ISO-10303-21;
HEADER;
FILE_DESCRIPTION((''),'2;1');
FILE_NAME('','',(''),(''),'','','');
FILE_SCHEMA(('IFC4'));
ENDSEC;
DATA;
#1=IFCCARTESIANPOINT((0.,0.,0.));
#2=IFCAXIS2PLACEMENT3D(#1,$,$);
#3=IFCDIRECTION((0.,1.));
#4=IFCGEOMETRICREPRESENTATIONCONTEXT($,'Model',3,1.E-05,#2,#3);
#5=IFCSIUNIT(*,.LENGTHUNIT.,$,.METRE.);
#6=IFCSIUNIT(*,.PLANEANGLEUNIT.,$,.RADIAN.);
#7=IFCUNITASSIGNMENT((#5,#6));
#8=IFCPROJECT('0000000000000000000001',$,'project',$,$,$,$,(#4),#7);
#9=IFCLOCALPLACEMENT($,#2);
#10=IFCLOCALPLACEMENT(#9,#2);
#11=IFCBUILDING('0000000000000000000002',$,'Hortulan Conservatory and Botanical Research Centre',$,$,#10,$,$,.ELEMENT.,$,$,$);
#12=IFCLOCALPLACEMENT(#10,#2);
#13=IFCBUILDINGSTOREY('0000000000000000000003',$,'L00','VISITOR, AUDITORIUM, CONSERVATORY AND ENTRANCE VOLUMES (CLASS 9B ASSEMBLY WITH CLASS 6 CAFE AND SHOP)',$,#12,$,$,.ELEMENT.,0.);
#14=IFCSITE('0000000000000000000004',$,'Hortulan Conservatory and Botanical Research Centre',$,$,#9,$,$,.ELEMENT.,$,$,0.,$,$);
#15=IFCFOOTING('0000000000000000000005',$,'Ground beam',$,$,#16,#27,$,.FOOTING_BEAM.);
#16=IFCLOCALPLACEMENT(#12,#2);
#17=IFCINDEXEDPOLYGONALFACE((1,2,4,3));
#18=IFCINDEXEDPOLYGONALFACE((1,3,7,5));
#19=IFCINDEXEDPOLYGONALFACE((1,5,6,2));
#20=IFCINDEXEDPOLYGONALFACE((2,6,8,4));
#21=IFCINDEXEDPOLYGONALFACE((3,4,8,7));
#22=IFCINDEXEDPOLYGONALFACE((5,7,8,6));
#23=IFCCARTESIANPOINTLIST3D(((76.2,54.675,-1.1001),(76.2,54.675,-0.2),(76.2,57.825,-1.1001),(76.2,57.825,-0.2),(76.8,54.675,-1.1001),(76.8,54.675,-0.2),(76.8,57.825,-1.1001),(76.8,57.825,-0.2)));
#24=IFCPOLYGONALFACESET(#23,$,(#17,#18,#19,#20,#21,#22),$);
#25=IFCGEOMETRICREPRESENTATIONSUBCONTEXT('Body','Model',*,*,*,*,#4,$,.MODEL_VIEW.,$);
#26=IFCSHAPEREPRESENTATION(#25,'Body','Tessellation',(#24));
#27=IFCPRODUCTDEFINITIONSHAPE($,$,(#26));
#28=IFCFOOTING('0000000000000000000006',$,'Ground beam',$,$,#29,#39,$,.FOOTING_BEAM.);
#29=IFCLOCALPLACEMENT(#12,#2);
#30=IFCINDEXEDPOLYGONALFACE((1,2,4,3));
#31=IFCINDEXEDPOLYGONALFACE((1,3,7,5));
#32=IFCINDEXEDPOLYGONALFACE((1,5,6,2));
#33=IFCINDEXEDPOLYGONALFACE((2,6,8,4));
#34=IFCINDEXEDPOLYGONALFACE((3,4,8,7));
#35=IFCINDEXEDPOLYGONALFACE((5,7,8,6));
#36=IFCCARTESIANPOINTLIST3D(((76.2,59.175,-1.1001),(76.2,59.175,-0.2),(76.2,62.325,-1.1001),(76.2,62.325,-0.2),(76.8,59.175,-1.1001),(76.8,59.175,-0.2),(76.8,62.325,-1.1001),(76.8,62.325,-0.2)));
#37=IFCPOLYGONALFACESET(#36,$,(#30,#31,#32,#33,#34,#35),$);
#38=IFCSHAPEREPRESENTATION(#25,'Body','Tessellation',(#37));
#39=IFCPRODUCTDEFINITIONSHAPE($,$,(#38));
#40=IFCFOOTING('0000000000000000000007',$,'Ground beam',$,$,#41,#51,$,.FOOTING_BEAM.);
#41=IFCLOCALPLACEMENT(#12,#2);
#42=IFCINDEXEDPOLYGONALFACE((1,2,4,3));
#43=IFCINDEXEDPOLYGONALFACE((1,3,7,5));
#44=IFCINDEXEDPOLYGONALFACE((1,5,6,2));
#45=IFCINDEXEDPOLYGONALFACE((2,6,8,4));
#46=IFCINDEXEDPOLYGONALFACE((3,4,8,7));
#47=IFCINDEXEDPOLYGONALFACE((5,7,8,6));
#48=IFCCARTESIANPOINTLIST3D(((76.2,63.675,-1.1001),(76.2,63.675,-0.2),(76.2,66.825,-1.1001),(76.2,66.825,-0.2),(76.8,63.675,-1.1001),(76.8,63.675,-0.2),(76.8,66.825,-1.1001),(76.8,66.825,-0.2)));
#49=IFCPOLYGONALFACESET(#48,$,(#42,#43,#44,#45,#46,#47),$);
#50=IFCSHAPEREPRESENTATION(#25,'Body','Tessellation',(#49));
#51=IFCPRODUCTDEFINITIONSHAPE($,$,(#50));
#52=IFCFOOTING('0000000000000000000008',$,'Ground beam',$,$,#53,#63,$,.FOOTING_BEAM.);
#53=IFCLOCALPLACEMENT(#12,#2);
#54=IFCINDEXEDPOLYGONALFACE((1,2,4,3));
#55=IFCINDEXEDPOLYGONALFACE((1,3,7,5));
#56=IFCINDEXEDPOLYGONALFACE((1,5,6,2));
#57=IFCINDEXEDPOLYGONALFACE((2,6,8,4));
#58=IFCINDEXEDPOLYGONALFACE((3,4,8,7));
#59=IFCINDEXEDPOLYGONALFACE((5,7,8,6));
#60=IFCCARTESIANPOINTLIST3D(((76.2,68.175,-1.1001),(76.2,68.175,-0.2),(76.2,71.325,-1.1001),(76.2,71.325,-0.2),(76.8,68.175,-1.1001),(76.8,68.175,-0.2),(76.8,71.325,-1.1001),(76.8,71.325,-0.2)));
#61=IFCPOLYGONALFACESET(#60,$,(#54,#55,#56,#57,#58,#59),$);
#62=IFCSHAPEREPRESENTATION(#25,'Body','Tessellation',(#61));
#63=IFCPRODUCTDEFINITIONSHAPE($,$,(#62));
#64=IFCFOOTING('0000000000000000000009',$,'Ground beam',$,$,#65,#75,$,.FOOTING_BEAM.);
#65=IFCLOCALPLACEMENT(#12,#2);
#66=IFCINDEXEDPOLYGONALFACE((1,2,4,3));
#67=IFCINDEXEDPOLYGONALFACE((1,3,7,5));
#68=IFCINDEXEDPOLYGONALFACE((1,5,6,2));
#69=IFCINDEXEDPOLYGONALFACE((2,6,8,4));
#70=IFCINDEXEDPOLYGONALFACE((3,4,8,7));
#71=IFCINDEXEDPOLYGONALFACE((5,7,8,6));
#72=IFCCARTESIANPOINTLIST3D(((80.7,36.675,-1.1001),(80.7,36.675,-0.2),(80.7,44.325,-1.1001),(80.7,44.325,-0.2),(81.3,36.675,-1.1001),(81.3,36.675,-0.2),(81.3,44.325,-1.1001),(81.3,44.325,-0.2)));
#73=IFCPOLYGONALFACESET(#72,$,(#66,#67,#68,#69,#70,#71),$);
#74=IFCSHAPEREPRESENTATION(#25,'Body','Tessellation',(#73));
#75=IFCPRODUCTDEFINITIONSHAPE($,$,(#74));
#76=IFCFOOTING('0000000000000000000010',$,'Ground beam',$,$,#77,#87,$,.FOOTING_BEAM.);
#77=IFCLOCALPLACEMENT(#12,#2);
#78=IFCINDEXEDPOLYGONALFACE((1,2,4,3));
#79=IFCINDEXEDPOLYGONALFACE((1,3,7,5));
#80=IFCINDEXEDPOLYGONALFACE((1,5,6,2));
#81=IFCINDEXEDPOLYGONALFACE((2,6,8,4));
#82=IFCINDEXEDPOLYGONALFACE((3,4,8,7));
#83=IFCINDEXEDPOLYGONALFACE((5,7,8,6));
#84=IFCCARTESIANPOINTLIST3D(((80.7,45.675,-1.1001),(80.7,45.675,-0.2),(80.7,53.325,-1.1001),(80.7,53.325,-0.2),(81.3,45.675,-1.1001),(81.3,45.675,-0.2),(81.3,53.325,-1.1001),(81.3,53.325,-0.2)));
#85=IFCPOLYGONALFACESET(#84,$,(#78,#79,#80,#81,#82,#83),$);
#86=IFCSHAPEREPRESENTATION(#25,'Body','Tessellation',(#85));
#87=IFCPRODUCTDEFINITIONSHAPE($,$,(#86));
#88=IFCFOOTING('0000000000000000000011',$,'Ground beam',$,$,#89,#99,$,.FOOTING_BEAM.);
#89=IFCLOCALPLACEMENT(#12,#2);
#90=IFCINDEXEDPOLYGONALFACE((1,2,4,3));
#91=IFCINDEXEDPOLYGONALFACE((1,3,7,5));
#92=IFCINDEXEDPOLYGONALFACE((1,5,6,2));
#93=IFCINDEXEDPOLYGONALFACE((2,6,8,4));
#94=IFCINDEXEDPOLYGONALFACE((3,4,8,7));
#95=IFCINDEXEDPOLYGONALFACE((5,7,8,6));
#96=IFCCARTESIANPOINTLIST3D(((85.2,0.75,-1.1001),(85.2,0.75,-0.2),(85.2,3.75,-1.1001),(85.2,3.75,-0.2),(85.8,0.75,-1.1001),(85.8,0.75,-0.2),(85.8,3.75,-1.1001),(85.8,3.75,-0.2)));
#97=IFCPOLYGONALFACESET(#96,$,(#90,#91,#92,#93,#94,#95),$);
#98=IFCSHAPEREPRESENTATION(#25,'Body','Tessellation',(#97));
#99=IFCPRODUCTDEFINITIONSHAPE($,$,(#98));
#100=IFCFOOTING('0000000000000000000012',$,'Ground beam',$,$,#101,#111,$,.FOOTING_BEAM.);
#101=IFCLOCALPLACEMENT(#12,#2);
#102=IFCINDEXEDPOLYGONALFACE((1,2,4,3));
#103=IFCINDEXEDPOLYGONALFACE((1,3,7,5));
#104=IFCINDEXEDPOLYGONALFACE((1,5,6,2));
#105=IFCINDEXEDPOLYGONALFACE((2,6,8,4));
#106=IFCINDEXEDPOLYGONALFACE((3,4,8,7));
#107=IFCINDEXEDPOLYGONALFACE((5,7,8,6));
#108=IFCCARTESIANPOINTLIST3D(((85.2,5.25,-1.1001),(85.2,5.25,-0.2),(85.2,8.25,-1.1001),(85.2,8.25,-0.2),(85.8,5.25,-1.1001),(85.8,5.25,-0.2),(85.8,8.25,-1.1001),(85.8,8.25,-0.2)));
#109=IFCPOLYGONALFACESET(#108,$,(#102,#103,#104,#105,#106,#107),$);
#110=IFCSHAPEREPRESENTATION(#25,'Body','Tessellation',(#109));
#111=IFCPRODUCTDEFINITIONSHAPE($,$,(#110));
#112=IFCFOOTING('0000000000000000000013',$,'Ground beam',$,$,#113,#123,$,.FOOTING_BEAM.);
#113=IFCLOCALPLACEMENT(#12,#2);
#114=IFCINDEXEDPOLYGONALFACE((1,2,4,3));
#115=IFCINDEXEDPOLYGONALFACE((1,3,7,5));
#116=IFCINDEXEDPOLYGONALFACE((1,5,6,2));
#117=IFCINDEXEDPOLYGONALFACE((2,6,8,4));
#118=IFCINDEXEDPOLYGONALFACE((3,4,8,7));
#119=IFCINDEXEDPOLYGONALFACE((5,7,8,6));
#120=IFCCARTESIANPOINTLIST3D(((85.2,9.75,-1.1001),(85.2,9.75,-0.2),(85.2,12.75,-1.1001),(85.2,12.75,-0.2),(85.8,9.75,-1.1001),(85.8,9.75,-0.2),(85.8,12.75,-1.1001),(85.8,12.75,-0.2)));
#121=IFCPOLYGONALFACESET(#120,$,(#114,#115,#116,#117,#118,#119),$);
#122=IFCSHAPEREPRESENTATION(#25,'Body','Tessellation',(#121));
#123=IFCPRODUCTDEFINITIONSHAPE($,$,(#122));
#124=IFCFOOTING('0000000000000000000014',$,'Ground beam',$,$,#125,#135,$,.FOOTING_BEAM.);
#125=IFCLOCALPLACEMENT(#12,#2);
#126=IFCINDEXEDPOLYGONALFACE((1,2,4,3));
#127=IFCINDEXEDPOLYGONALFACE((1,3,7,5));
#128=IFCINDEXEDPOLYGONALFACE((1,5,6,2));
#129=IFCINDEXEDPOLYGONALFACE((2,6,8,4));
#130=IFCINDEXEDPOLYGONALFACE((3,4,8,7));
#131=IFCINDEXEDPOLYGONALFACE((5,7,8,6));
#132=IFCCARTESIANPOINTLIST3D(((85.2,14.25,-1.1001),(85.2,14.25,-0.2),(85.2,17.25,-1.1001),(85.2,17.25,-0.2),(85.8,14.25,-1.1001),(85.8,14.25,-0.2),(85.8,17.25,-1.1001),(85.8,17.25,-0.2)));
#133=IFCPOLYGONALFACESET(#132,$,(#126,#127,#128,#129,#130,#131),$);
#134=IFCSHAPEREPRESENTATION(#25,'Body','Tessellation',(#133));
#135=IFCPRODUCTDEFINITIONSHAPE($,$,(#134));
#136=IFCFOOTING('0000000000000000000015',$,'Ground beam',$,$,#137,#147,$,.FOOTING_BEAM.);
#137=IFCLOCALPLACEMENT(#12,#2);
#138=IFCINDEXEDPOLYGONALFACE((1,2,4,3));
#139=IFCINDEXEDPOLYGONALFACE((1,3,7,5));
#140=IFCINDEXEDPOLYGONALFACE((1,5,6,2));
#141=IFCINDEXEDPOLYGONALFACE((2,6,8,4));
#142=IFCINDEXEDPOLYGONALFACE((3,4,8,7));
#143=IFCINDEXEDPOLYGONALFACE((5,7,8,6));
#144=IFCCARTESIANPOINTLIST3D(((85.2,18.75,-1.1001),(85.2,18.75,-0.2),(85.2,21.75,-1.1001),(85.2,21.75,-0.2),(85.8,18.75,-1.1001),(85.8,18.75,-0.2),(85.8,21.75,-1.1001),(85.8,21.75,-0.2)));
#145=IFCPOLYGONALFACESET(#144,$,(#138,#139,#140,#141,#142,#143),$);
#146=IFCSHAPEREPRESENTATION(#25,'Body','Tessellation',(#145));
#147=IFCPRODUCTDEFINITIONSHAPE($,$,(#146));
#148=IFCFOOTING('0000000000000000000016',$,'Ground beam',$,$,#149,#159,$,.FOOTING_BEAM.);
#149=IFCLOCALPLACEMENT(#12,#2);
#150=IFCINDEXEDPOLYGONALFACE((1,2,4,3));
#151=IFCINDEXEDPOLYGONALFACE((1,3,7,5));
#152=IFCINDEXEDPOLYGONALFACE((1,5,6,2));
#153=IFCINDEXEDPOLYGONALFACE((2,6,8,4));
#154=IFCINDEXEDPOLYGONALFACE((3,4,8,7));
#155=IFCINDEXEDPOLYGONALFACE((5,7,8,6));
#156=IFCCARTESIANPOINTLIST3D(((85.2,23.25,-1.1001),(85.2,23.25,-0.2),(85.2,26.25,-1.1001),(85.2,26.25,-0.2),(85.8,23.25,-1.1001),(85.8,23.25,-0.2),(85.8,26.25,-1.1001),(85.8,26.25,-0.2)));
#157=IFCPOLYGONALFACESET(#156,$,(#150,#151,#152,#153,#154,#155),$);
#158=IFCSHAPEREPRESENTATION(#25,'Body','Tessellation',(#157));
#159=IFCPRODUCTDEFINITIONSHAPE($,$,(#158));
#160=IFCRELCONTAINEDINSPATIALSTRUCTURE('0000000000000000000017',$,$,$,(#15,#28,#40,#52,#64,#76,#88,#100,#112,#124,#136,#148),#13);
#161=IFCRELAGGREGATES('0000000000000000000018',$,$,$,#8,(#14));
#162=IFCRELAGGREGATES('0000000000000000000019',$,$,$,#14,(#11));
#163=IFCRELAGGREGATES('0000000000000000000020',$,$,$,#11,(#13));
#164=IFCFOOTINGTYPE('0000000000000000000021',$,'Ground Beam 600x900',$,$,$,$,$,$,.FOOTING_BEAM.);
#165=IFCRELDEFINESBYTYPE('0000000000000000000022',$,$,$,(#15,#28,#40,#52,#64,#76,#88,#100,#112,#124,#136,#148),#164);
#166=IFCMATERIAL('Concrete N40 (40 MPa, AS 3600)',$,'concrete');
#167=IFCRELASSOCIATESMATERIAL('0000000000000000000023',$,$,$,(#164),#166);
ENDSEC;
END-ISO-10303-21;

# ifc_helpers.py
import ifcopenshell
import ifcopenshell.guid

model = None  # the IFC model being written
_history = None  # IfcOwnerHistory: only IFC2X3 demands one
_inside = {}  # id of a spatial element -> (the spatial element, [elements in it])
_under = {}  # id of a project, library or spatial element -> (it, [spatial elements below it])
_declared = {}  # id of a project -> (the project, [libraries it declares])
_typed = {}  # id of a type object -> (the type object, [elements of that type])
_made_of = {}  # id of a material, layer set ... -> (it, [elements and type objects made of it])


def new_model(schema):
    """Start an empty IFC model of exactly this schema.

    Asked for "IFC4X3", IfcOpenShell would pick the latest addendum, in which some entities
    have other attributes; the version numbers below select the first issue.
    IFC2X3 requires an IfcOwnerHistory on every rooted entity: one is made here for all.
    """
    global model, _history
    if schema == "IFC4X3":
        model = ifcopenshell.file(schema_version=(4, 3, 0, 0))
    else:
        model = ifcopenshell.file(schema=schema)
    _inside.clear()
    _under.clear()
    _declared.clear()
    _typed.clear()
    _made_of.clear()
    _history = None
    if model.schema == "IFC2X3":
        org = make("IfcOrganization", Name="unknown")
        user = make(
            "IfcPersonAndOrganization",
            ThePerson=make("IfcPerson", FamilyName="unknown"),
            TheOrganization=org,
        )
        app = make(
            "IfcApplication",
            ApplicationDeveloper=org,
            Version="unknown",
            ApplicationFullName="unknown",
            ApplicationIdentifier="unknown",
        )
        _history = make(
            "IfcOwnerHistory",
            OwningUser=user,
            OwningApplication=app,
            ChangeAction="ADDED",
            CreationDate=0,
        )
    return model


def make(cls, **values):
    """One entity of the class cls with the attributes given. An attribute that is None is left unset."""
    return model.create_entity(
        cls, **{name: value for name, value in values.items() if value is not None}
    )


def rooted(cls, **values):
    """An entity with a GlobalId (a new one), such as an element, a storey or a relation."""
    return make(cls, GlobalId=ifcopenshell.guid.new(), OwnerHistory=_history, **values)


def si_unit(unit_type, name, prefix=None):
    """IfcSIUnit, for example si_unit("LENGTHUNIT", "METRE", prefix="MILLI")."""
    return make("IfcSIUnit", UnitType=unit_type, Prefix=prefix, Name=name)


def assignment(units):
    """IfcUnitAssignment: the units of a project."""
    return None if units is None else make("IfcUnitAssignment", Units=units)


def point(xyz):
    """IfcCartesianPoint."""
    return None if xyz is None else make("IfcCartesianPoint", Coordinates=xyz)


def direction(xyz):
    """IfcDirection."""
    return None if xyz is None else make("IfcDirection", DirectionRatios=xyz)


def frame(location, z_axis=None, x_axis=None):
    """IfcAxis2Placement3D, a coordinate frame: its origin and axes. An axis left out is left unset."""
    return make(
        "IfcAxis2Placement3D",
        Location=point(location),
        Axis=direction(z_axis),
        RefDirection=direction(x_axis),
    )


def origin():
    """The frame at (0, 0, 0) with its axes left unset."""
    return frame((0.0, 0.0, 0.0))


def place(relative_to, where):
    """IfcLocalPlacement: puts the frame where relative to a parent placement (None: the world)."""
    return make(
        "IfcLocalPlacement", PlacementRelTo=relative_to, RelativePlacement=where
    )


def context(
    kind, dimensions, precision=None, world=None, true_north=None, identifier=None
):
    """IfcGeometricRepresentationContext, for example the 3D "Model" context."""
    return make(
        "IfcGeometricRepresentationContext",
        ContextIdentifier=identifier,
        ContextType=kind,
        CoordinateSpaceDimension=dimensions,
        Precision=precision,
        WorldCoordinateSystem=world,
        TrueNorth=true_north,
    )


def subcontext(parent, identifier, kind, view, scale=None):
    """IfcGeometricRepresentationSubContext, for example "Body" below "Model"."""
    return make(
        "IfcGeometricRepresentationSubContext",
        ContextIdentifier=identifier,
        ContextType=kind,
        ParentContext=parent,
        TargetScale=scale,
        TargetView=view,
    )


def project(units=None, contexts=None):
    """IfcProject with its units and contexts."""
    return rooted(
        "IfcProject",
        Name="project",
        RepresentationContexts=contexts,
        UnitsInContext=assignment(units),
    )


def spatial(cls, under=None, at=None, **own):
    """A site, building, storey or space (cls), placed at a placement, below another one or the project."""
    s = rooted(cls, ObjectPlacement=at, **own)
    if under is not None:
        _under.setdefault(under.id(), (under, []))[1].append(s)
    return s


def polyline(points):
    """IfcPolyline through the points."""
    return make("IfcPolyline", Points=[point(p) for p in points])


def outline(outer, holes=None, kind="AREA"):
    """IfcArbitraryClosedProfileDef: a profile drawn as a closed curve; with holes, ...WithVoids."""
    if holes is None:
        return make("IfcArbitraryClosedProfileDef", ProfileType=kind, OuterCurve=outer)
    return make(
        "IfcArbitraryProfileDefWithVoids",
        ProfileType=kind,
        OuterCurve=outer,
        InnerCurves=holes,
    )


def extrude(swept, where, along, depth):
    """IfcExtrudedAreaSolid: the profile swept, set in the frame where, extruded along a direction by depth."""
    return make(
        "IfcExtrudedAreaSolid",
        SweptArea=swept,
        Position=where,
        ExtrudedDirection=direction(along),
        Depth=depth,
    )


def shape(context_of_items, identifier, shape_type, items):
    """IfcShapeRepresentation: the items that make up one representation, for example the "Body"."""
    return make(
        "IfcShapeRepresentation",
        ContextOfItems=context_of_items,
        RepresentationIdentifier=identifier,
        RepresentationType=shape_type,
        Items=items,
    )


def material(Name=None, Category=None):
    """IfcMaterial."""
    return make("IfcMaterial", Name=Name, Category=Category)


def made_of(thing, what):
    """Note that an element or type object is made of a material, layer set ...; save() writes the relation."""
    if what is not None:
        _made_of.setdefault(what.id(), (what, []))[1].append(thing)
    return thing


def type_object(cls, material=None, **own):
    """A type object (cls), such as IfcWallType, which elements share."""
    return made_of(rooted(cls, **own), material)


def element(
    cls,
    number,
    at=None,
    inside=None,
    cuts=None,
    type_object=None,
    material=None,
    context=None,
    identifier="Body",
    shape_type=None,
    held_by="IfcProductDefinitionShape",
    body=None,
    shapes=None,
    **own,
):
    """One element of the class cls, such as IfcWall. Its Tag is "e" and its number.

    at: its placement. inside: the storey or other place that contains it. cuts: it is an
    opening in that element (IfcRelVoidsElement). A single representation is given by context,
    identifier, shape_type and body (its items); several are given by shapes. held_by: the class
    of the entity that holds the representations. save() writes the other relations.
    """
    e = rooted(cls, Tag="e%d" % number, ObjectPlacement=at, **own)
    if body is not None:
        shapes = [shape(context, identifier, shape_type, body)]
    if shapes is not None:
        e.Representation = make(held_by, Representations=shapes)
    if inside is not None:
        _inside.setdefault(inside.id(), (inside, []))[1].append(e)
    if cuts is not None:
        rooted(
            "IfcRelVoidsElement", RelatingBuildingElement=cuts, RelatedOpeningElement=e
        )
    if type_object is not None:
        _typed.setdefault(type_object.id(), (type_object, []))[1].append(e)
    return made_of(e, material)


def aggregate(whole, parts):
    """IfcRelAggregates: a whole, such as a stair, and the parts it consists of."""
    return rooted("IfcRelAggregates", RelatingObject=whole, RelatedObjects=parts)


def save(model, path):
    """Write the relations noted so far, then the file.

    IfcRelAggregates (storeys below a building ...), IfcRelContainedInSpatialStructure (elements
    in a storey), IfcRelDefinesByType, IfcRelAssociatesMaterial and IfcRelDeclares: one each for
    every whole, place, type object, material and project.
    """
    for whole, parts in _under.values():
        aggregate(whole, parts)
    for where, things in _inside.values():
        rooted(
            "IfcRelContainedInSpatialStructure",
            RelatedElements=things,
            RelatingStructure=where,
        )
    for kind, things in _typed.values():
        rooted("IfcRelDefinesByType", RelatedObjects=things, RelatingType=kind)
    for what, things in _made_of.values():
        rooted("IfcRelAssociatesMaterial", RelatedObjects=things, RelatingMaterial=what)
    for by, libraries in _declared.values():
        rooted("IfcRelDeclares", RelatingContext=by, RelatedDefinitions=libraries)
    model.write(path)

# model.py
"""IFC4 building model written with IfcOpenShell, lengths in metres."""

from ifc_helpers import new_model, si_unit, direction, frame, origin, place, context, subcontext, project, spatial, polyline, outline, extrude, material, type_object, element, save


model = new_model("IFC4")

# Units and contexts
model_context = context("Model", 3, precision=1e-05, world=origin(), true_north=direction((0.0, 1.0)))
body_context = subcontext(model_context, "Body", "Model", "MODEL_VIEW")
ifc_project = project(units=[si_unit("LENGTHUNIT", "METRE"), si_unit("PLANEANGLEUNIT", "RADIAN")], contexts=[model_context])

# Site, building, storey
site_placement = place(None, origin())
site = spatial("IfcSite", under=ifc_project, at=site_placement, Name="Hortulan Conservatory and Botanical Research Centre", CompositionType="ELEMENT", RefElevation=0.0)
building_placement = place(site_placement, origin())
building = spatial("IfcBuilding", under=site, at=building_placement, Name="Hortulan Conservatory and Botanical Research Centre", CompositionType="ELEMENT")
storey_placement = place(building_placement, origin())
storey = spatial("IfcBuildingStorey", under=building, at=storey_placement, Name="L00", Description="VISITOR, AUDITORIUM, CONSERVATORY AND ENTRANCE VOLUMES (CLASS 9B ASSEMBLY WITH CLASS 6 CAFE AND SHOP)", CompositionType="ELEMENT", Elevation=0.0)

# Footings
ifc_material_1 = material(Name="Concrete N40 (40 MPa, AS 3600)", Category="concrete")
footing_type = type_object("IfcFootingType", Name="Ground Beam 600x900", PredefinedType="FOOTING_BEAM", material=ifc_material_1)
footing_1_placement = place(storey_placement, frame((0.0, 0.0, -1.1001)))
element("IfcFooting", 1, at=footing_1_placement, inside=storey, type_object=footing_type, Name="Ground beam", PredefinedType="FOOTING_BEAM", context=body_context, shape_type="SweptSolid", body=[
    extrude(outline(polyline([(76.8, 54.675), (76.8, 57.825), (76.2, 57.825), (76.2, 54.675), (76.8, 54.675)])), origin(), (0.0, 0.0, 1.0), 0.9001),
])
footing_2_placement = place(storey_placement, frame((0.0, 0.0, -1.1001)))
element("IfcFooting", 2, at=footing_2_placement, inside=storey, type_object=footing_type, Name="Ground beam", PredefinedType="FOOTING_BEAM", context=body_context, shape_type="SweptSolid", body=[
    extrude(outline(polyline([(76.8, 59.175), (76.8, 62.325), (76.2, 62.325), (76.2, 59.175), (76.8, 59.175)])), origin(), (0.0, 0.0, 1.0), 0.9001),
])
footing_3_placement = place(storey_placement, frame((0.0, 0.0, -1.1001)))
element("IfcFooting", 3, at=footing_3_placement, inside=storey, type_object=footing_type, Name="Ground beam", PredefinedType="FOOTING_BEAM", context=body_context, shape_type="SweptSolid", body=[
    extrude(outline(polyline([(76.8, 63.675), (76.8, 66.825), (76.2, 66.825), (76.2, 63.675), (76.8, 63.675)])), origin(), (0.0, 0.0, 1.0), 0.9001),
])
footing_4_placement = place(storey_placement, frame((0.0, 0.0, -1.1001)))
element("IfcFooting", 4, at=footing_4_placement, inside=storey, type_object=footing_type, Name="Ground beam", PredefinedType="FOOTING_BEAM", context=body_context, shape_type="SweptSolid", body=[
    extrude(outline(polyline([(76.8, 68.175), (76.8, 71.325), (76.2, 71.325), (76.2, 68.175), (76.8, 68.175)])), origin(), (0.0, 0.0, 1.0), 0.9001),
])
footing_5_placement = place(storey_placement, frame((0.0, 0.0, -1.1001)))
element("IfcFooting", 5, at=footing_5_placement, inside=storey, type_object=footing_type, Name="Ground beam", PredefinedType="FOOTING_BEAM", context=body_context, shape_type="SweptSolid", body=[
    extrude(outline(polyline([(81.3, 36.675), (81.3, 44.325), (80.7, 44.325), (80.7, 36.675), (81.3, 36.675)])), origin(), (0.0, 0.0, 1.0), 0.9001),
])
footing_6_placement = place(storey_placement, frame((0.0, 0.0, -1.1001)))
element("IfcFooting", 6, at=footing_6_placement, inside=storey, type_object=footing_type, Name="Ground beam", PredefinedType="FOOTING_BEAM", context=body_context, shape_type="SweptSolid", body=[
    extrude(outline(polyline([(81.3, 45.675), (81.3, 53.325), (80.7, 53.325), (80.7, 45.675), (81.3, 45.675)])), origin(), (0.0, 0.0, 1.0), 0.9001),
])
footing_7_placement = place(storey_placement, frame((0.0, 0.0, -1.1001)))
element("IfcFooting", 7, at=footing_7_placement, inside=storey, type_object=footing_type, Name="Ground beam", PredefinedType="FOOTING_BEAM", context=body_context, shape_type="SweptSolid", body=[
    extrude(outline(polyline([(85.8, 0.75), (85.8, 3.75), (85.2, 3.75), (85.2, 0.75), (85.8, 0.75)])), origin(), (0.0, 0.0, 1.0), 0.9001),
])
footing_8_placement = place(storey_placement, frame((0.0, 0.0, -1.1001)))
element("IfcFooting", 8, at=footing_8_placement, inside=storey, type_object=footing_type, Name="Ground beam", PredefinedType="FOOTING_BEAM", context=body_context, shape_type="SweptSolid", body=[
    extrude(outline(polyline([(85.8, 5.25), (85.8, 8.25), (85.2, 8.25), (85.2, 5.25), (85.8, 5.25)])), origin(), (0.0, 0.0, 1.0), 0.9001),
])
footing_9_placement = place(storey_placement, frame((0.0, 0.0, -1.1001)))
element("IfcFooting", 9, at=footing_9_placement, inside=storey, type_object=footing_type, Name="Ground beam", PredefinedType="FOOTING_BEAM", context=body_context, shape_type="SweptSolid", body=[
    extrude(outline(polyline([(85.8, 9.75), (85.8, 12.75), (85.2, 12.75), (85.2, 9.75), (85.8, 9.75)])), origin(), (0.0, 0.0, 1.0), 0.9001),
])
footing_10_placement = place(storey_placement, frame((0.0, 0.0, -1.1001)))
element("IfcFooting", 10, at=footing_10_placement, inside=storey, type_object=footing_type, Name="Ground beam", PredefinedType="FOOTING_BEAM", context=body_context, shape_type="SweptSolid", body=[
    extrude(outline(polyline([(85.8, 14.25), (85.8, 17.25), (85.2, 17.25), (85.2, 14.25), (85.8, 14.25)])), origin(), (0.0, 0.0, 1.0), 0.9001),
])
footing_11_placement = place(storey_placement, frame((0.0, 0.0, -1.1001)))
element("IfcFooting", 11, at=footing_11_placement, inside=storey, type_object=footing_type, Name="Ground beam", PredefinedType="FOOTING_BEAM", context=body_context, shape_type="SweptSolid", body=[
    extrude(outline(polyline([(85.8, 18.75), (85.8, 21.75), (85.2, 21.75), (85.2, 18.75), (85.8, 18.75)])), origin(), (0.0, 0.0, 1.0), 0.9001),
])
footing_12_placement = place(storey_placement, frame((0.0, 0.0, -1.1001)))
element("IfcFooting", 12, at=footing_12_placement, inside=storey, type_object=footing_type, Name="Ground beam", PredefinedType="FOOTING_BEAM", context=body_context, shape_type="SweptSolid", body=[
    extrude(outline(polyline([(85.8, 23.25), (85.8, 26.25), (85.2, 26.25), (85.2, 23.25), (85.8, 23.25)])), origin(), (0.0, 0.0, 1.0), 0.9001),
])

save(model, "model.ifc")
